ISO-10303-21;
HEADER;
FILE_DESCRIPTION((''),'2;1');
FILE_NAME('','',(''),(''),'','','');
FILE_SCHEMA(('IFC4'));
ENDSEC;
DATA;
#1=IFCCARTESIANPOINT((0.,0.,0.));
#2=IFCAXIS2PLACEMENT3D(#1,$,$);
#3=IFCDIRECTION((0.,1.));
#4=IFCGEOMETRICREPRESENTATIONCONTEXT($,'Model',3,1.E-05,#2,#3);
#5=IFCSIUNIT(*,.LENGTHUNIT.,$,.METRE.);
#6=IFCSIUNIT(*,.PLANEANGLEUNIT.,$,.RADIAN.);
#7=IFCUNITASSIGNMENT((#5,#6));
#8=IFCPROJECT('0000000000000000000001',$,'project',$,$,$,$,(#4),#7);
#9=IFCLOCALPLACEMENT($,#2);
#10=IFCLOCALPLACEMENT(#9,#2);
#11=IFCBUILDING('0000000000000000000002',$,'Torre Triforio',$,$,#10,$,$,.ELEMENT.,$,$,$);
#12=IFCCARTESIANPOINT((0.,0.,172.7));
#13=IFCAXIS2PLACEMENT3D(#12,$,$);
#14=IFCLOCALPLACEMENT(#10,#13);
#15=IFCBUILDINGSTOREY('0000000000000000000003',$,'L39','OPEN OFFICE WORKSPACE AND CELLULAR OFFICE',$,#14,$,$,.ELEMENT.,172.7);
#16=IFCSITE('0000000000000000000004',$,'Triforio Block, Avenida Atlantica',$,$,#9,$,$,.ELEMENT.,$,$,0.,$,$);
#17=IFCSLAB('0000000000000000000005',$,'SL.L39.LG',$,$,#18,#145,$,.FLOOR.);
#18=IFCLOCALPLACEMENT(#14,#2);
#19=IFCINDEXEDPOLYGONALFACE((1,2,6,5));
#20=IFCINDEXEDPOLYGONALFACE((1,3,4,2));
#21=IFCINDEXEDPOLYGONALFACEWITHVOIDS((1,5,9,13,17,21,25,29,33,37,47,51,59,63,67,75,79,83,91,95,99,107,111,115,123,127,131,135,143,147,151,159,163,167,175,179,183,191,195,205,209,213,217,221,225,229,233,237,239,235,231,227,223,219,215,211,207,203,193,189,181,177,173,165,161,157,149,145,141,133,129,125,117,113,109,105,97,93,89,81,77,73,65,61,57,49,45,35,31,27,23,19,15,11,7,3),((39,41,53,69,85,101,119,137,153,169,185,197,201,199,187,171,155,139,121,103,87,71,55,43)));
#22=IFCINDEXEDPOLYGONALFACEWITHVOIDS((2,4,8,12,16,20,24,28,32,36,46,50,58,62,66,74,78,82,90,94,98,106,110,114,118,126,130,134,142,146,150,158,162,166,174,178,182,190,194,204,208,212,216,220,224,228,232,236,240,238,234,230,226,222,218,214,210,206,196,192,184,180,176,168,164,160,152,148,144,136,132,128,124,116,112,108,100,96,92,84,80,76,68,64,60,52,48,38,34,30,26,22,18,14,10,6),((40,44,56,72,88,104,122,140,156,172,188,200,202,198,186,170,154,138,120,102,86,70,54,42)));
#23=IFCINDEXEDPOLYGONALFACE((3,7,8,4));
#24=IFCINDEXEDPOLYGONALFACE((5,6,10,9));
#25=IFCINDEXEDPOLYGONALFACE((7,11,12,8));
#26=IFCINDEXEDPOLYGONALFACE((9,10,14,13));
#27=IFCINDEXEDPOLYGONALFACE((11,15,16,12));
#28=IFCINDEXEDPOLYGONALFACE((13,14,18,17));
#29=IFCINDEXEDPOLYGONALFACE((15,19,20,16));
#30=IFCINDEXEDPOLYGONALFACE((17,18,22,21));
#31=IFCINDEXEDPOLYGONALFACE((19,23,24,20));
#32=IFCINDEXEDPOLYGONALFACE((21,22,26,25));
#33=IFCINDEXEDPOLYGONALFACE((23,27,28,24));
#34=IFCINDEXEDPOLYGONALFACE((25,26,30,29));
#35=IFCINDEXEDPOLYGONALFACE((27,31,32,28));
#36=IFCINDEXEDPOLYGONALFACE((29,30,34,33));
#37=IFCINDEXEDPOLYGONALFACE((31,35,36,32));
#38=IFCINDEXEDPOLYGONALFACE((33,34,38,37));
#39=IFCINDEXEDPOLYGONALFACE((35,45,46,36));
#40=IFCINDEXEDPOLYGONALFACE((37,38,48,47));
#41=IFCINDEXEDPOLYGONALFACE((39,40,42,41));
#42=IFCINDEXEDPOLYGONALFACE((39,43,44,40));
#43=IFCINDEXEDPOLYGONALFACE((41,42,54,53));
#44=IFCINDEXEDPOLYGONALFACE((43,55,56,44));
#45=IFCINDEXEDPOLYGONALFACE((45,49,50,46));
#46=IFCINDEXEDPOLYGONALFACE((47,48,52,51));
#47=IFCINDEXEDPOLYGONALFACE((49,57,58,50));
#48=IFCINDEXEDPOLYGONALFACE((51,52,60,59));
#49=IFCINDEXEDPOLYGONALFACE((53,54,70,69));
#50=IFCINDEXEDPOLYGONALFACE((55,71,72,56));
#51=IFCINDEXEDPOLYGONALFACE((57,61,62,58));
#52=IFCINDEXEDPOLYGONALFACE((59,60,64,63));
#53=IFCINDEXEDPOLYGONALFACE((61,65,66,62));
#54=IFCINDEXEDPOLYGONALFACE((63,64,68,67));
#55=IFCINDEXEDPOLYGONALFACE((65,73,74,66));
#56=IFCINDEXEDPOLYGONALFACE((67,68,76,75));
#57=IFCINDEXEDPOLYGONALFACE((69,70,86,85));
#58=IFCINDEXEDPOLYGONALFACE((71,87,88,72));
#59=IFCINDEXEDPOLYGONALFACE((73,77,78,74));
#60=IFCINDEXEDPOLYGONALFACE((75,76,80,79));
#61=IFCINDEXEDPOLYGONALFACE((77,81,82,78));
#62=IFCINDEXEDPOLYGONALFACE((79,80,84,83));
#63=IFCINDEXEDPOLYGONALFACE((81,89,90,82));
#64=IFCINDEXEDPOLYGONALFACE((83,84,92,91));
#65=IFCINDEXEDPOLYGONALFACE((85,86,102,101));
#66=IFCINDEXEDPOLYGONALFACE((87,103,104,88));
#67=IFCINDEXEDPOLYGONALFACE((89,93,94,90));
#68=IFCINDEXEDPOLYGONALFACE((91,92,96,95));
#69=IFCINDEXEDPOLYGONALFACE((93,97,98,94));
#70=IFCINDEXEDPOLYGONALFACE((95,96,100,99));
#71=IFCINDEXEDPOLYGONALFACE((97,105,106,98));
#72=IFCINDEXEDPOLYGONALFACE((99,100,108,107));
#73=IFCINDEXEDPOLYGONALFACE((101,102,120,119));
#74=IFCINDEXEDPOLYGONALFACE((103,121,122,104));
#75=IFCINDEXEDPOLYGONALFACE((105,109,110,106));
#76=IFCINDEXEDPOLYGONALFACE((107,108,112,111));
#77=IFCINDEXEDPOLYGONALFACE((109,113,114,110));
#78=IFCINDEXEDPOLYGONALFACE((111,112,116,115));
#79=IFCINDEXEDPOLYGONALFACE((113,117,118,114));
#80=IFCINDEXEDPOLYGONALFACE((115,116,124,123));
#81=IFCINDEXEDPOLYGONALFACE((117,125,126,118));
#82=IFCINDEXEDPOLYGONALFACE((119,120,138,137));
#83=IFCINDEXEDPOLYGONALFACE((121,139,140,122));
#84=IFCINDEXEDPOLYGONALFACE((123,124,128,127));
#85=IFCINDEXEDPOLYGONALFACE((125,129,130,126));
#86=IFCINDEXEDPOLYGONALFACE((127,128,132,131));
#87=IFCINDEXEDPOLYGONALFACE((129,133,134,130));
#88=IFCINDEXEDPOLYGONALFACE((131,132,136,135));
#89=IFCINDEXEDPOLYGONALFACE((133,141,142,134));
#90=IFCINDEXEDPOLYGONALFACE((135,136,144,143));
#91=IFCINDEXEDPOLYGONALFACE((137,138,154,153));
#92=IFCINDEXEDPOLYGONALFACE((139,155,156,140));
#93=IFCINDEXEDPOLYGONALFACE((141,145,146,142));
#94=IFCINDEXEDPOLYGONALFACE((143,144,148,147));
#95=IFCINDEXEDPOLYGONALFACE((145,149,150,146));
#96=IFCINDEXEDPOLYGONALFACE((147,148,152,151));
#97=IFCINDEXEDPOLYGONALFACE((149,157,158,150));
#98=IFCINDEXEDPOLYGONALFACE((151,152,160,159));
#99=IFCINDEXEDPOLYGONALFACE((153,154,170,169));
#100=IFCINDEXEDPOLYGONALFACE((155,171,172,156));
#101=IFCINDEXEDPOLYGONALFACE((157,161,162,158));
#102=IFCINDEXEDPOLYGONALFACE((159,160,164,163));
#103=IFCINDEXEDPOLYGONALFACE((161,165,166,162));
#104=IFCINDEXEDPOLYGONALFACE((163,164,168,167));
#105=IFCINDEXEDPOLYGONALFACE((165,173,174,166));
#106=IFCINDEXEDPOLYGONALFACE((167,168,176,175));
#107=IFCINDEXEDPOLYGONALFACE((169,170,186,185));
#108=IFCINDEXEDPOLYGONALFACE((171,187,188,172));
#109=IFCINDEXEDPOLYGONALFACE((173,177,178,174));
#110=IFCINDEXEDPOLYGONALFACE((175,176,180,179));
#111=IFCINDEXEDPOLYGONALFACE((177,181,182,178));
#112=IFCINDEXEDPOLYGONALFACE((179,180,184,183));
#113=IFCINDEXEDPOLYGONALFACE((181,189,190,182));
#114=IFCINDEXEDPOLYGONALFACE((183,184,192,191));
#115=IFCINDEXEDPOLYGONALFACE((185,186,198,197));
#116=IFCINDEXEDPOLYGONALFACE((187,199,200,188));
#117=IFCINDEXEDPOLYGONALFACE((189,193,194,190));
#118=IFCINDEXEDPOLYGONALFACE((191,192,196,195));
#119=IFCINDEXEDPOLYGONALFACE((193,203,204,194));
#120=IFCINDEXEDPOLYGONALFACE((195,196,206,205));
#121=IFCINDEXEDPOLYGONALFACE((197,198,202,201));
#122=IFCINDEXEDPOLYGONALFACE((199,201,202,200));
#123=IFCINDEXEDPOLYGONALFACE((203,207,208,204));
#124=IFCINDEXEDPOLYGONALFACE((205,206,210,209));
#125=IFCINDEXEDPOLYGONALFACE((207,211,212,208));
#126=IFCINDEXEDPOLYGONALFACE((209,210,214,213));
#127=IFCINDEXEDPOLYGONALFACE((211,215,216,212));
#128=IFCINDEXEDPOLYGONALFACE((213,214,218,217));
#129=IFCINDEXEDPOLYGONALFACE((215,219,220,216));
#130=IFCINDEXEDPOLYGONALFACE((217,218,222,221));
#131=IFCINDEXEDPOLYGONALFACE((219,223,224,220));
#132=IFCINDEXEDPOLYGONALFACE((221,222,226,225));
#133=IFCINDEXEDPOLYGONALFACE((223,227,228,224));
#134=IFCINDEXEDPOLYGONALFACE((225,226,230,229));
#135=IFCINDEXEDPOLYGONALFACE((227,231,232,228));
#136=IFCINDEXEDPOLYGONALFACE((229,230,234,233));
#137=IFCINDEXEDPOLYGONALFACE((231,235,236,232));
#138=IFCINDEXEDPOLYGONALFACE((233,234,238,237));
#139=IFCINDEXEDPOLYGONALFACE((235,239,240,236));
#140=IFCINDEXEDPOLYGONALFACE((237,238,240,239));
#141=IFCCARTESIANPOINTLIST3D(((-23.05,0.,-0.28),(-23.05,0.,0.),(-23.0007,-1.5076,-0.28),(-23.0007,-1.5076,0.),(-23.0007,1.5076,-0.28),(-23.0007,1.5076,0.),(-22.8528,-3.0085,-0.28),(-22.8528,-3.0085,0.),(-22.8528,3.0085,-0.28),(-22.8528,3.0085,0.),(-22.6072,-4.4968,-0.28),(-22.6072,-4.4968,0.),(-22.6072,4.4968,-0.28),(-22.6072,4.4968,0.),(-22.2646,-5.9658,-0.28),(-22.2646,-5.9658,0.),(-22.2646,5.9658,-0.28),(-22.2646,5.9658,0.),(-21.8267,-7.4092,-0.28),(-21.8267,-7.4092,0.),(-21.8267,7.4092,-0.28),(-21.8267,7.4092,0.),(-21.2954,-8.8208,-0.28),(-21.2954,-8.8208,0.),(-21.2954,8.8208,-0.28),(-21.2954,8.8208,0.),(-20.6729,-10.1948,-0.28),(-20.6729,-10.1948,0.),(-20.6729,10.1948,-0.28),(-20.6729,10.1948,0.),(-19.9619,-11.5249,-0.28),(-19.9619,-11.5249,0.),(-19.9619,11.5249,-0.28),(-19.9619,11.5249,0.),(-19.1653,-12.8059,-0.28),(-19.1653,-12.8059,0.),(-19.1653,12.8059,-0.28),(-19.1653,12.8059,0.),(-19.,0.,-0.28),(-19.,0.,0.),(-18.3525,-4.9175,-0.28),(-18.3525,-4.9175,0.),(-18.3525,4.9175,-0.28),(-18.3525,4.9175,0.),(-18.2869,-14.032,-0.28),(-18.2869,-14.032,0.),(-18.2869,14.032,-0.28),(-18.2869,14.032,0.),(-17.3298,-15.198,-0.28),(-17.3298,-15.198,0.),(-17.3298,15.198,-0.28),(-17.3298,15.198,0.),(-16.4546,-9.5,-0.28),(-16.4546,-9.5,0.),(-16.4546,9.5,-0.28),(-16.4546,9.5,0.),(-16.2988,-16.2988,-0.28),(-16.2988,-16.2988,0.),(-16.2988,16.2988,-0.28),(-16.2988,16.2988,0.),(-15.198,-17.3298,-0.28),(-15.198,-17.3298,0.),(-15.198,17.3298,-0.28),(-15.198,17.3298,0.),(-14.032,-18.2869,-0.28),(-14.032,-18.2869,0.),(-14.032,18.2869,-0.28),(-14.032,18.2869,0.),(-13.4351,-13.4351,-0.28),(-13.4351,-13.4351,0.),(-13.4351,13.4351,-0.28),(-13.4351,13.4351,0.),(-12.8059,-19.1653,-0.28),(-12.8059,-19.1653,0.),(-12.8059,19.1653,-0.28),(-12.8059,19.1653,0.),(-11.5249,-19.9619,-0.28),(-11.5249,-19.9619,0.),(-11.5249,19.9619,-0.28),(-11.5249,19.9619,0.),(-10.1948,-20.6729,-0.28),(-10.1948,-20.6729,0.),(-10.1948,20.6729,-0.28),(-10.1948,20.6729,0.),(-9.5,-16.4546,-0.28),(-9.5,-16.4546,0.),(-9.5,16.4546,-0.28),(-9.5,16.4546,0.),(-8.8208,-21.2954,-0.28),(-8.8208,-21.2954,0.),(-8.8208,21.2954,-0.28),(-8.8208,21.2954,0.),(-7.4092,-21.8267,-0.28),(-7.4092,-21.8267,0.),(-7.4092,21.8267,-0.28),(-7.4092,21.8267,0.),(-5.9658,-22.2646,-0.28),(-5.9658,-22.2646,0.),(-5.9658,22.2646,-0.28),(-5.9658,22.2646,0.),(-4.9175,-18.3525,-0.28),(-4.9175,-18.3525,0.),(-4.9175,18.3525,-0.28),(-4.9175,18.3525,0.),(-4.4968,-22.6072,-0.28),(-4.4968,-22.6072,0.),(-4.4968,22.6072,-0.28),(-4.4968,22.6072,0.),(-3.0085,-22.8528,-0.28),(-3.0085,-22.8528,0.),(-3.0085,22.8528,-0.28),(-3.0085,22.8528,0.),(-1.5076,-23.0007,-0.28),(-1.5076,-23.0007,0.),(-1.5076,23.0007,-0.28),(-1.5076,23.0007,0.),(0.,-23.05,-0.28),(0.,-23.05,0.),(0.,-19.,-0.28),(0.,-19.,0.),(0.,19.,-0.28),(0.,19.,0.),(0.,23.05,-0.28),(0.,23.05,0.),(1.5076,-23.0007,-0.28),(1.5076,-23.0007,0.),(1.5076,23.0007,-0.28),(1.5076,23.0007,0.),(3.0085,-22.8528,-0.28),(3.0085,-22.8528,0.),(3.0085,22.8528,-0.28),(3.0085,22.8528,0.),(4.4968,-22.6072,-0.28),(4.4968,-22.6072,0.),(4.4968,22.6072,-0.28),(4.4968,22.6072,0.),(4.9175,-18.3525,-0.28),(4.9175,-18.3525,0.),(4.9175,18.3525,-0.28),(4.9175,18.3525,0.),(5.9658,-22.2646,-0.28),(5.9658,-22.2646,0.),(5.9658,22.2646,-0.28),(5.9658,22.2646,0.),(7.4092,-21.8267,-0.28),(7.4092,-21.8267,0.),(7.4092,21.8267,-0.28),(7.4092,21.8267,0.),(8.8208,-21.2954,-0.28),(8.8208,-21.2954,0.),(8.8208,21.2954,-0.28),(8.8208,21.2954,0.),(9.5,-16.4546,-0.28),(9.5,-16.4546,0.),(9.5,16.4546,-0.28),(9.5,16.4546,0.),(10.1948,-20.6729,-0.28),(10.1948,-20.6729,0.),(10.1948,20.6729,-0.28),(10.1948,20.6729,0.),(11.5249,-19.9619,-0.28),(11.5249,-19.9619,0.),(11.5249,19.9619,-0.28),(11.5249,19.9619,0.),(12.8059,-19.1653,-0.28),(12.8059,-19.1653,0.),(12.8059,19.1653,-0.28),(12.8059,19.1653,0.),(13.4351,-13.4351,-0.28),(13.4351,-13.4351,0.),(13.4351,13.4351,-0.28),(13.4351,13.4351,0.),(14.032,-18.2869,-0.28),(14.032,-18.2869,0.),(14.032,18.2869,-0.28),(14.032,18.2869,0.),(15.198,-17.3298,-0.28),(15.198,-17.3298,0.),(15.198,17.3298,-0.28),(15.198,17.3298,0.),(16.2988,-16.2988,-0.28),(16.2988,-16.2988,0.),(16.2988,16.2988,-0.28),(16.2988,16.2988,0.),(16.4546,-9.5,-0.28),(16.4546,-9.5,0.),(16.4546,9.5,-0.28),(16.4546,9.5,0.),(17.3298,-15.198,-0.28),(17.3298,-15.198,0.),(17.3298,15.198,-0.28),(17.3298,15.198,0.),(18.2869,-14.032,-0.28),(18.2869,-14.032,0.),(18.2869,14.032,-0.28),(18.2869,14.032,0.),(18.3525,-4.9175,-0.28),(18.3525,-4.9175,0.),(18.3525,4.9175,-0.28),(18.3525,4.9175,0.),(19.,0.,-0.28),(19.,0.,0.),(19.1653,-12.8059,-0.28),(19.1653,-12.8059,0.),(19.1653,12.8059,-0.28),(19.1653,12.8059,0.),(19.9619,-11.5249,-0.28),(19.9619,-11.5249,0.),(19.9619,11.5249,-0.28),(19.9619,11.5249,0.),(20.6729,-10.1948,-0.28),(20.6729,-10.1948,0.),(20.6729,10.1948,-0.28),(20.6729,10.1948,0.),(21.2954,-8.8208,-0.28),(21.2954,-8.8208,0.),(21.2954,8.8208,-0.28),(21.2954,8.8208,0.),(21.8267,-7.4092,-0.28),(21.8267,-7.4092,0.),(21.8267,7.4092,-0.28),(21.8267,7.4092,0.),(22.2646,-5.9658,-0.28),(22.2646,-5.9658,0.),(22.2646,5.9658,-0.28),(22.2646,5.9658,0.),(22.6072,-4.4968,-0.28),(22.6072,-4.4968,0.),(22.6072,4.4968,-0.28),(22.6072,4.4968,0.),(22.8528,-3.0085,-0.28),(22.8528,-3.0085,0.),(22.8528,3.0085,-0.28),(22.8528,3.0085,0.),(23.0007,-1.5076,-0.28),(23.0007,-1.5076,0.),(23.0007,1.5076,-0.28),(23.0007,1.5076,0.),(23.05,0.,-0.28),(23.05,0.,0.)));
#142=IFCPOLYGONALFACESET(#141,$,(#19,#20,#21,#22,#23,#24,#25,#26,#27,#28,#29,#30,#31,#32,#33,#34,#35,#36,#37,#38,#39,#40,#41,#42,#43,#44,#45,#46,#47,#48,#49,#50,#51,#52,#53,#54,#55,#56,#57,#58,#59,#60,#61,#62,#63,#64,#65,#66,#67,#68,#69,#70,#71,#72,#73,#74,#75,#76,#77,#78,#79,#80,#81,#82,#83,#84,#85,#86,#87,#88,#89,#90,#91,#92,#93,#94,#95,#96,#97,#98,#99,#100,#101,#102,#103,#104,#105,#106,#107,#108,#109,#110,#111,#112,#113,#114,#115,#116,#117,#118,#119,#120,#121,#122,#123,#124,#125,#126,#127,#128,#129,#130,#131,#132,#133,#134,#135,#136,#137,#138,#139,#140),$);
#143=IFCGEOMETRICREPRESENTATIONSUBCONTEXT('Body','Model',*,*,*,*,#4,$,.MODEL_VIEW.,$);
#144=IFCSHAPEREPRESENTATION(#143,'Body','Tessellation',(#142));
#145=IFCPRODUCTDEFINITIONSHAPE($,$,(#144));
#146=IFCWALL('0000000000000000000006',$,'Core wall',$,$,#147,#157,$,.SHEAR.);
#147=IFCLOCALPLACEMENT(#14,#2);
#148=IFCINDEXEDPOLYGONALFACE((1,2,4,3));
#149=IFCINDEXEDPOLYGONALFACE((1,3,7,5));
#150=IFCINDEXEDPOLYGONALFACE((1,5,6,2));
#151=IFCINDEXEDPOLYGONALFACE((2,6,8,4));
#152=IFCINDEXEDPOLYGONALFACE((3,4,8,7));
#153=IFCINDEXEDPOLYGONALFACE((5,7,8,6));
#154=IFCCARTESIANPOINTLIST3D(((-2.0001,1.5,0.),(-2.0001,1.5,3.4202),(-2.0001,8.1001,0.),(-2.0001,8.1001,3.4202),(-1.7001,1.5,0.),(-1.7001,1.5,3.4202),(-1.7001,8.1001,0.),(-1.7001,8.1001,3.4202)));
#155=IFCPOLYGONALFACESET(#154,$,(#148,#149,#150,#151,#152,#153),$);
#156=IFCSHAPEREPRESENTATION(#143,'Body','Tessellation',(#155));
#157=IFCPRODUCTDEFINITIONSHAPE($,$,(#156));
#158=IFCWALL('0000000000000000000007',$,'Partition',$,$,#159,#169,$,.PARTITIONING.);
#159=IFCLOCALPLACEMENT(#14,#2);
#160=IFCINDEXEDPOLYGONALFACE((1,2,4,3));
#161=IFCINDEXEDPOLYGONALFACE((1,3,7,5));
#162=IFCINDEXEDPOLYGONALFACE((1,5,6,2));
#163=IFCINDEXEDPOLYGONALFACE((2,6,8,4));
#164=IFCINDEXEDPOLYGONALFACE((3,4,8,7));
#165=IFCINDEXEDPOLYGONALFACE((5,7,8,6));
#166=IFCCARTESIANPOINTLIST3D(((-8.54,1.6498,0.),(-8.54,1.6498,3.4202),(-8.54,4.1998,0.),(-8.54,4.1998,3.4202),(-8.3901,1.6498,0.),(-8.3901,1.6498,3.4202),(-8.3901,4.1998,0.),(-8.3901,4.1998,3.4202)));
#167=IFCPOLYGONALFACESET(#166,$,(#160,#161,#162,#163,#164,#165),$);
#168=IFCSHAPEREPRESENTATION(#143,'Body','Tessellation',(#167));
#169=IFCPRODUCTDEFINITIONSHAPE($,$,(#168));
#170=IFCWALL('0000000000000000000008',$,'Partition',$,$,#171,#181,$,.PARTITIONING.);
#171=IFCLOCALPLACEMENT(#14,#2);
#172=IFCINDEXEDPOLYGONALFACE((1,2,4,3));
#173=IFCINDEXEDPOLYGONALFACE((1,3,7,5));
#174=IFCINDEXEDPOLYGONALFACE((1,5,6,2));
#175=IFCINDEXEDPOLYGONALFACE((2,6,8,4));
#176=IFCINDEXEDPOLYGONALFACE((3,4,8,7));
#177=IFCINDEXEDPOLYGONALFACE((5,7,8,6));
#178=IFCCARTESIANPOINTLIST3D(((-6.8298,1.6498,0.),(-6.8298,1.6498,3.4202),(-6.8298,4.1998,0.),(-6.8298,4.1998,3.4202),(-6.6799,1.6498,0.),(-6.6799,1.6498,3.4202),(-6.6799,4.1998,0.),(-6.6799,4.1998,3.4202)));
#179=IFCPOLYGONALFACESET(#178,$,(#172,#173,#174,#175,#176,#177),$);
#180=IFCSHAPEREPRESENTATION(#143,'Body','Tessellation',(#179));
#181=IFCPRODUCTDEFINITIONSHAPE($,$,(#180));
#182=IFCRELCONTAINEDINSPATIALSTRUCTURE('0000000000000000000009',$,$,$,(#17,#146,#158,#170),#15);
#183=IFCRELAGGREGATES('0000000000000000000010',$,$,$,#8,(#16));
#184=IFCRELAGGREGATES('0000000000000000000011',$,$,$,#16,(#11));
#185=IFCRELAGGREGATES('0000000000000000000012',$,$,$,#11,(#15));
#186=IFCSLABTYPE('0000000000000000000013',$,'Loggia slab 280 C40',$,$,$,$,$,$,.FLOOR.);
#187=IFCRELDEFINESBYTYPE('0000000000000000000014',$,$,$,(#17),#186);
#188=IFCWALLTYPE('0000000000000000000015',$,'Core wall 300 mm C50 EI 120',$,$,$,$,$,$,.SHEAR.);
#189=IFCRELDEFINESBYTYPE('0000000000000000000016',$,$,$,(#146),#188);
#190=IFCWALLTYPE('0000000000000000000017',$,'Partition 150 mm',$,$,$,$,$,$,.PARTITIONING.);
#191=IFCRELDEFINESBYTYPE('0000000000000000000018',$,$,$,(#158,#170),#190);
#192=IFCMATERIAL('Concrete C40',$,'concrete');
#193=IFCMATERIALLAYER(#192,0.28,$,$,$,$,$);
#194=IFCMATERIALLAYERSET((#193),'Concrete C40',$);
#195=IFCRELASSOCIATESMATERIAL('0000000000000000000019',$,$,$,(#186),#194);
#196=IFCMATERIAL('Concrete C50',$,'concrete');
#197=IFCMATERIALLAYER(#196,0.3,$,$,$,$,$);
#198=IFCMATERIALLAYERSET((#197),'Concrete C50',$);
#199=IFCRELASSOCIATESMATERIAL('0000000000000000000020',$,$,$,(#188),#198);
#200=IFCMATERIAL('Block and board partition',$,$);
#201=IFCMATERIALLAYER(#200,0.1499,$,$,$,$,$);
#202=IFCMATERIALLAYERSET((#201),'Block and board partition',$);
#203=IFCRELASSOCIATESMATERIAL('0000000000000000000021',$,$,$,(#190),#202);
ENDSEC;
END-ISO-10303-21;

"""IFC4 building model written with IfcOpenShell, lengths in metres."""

from ifc_helpers import new_model, si_unit, direction, frame, frame_2d, origin, place, context, subcontext, project, spatial, polyline, rectangle, outline, extrude, material, layer, layer_set, type_object, element, save


model = new_model("IFC4")

# Units and contexts
model_context = context("Model", 3, precision=1e-05, world=origin(), true_north=direction((0.0, 1.0)))
body_context = subcontext(model_context, "Body", "Model", "MODEL_VIEW")
ifc_project = project(units=[si_unit("LENGTHUNIT", "METRE"), si_unit("PLANEANGLEUNIT", "RADIAN")], contexts=[model_context])

# Site, building, storey
site_placement = place(None, origin())
site = spatial("IfcSite", under=ifc_project, at=site_placement, Name="Triforio Block, Avenida Atlantica", CompositionType="ELEMENT", RefElevation=0.0)
building_placement = place(site_placement, origin())
building = spatial("IfcBuilding", under=site, at=building_placement, Name="Torre Triforio", CompositionType="ELEMENT")
storey_placement = place(building_placement, frame((0.0, 0.0, 172.7)))
storey = spatial("IfcBuildingStorey", under=building, at=storey_placement, Name="L39", Description="OPEN OFFICE WORKSPACE AND CELLULAR OFFICE", CompositionType="ELEMENT", Elevation=172.7)

# Shared definitions
ifc_material_1 = material(Name="Concrete C40", Category="concrete")

# Slab
ifc_layer_1 = layer(ifc_material_1, 0.28)
ifc_layer_set_1 = layer_set([ifc_layer_1], Name="Concrete C40")
slab_type_1 = type_object("IfcSlabType", Name="Loggia slab 280 C40", PredefinedType="FLOOR", material=ifc_layer_set_1)
slab_1_placement = place(storey_placement, frame((0.0, 0.0, -0.28)))
element("IfcSlab", 1, at=slab_1_placement, inside=storey, type_object=slab_type_1, Name="SL.L39.LG", PredefinedType="FLOOR", context=body_context, shape_type="SweptSolid", body=[
    extrude(outline(polyline([(23.0007, -1.5076), (23.05, 0.0), (23.0007, 1.5076), (22.8528, 3.0085), (22.6072, 4.4968), (22.2646, 5.9658), (21.8267, 7.4092), (21.2954, 8.8208), (20.6729, 10.1948), (19.9619, 11.5249), (19.1653, 12.8059), (18.2869, 14.032), (17.3298, 15.198), (16.2988, 16.2988), (15.198, 17.3298), (14.032, 18.2869), (12.8059, 19.1653), (11.5249, 19.9619), (10.1948, 20.6729), (8.8208, 21.2954), (7.4092, 21.8267), (5.9658, 22.2646), (4.4968, 22.6072), (3.0085, 22.8528), (1.5076, 23.0007), (0.0, 23.05), (-1.5076, 23.0007), (-3.0085, 22.8528), (-4.4968, 22.6072), (-5.9658, 22.2646), (-7.4092, 21.8267), (-8.8208, 21.2954), (-10.1948, 20.6729), (-11.5249, 19.9619), (-12.8059, 19.1653), (-14.032, 18.2869), (-15.198, 17.3298), (-16.2988, 16.2988), (-17.3298, 15.198), (-18.2869, 14.032), (-19.1653, 12.8059), (-19.9619, 11.5249), (-20.6729, 10.1948), (-21.2954, 8.8208), (-21.8267, 7.4092), (-22.2646, 5.9658), (-22.6072, 4.4968), (-22.8528, 3.0085), (-23.0007, 1.5076), (-23.05, 0.0), (-23.0007, -1.5076), (-22.8528, -3.0085), (-22.6072, -4.4968), (-22.2646, -5.9658), (-21.8267, -7.4092), (-21.2954, -8.8208), (-20.6729, -10.1948), (-19.9619, -11.5249), (-19.1653, -12.8059), (-18.2869, -14.032), (-17.3298, -15.198), (-16.2988, -16.2988), (-15.198, -17.3298), (-14.032, -18.2869), (-12.8059, -19.1653), (-11.5249, -19.9619), (-10.1948, -20.6729), (-8.8208, -21.2954), (-7.4092, -21.8267), (-5.9658, -22.2646), (-4.4968, -22.6072), (-3.0085, -22.8528), (-1.5076, -23.0007), (0.0, -23.05), (1.5076, -23.0007), (3.0085, -22.8528), (4.4968, -22.6072), (5.9658, -22.2646), (7.4092, -21.8267), (8.8208, -21.2954), (10.1948, -20.6729), (11.5249, -19.9619), (12.8059, -19.1653), (14.032, -18.2869), (15.198, -17.3298), (16.2988, -16.2988), (17.3298, -15.198), (18.2869, -14.032), (19.1653, -12.8059), (19.9619, -11.5249), (20.6729, -10.1948), (21.2954, -8.8208), (21.8267, -7.4092), (22.2646, -5.9658), (22.6072, -4.4968), (22.8528, -3.0085), (23.0007, -1.5076)]), holes=[polyline([(18.3525, 4.9175), (19.0, 0.0), (18.3525, -4.9175), (16.4546, -9.5), (13.4351, -13.4351), (9.5, -16.4546), (4.9175, -18.3525), (0.0, -19.0), (-4.9175, -18.3525), (-9.5, -16.4546), (-13.4351, -13.4351), (-16.4546, -9.5), (-18.3525, -4.9175), (-19.0, 0.0), (-18.3525, 4.9175), (-16.4546, 9.5), (-13.4351, 13.4351), (-9.5, 16.4546), (-4.9175, 18.3525), (0.0, 19.0), (4.9175, 18.3525), (9.5, 16.4546), (13.4351, 13.4351), (16.4546, 9.5), (18.3525, 4.9175)])]), origin(), (0.0, 0.0, 1.0), 0.28),
])

# Walls
ifc_material_2 = material(Name="Concrete C50", Category="concrete")
ifc_layer_2 = layer(ifc_material_2, 0.3)
ifc_layer_set_2 = layer_set([ifc_layer_2], Name="Concrete C50")
wall_type_1 = type_object("IfcWallType", Name="Core wall 300 mm C50 EI 120", PredefinedType="SHEAR", material=ifc_layer_set_2)
wall_1_placement = place(storey_placement, frame((-1.8501, 1.5, 0.0), z_axis=(0.0, 0.0, 1.0), x_axis=(0.0, 1.0, 0.0)))
element("IfcWall", 2, at=wall_1_placement, inside=storey, type_object=wall_type_1, Name="Core wall", PredefinedType="SHEAR", context=body_context, shape_type="SweptSolid", body=[
    extrude(rectangle(XDim=6.6001, YDim=0.3, at=frame_2d((3.3, 0.0))), origin(), (0.0, 0.0, 1.0), 3.4202),
])
ifc_material_3 = material(Name="Block and board partition")
ifc_layer_3 = layer(ifc_material_3, 0.1499)
ifc_layer_set_3 = layer_set([ifc_layer_3], Name="Block and board partition")
wall_type_2 = type_object("IfcWallType", Name="Partition 150 mm", PredefinedType="PARTITIONING", material=ifc_layer_set_3)
for number, where, z_axis, x_axis, name in (
    (3, (-8.4651, 1.6499, 0.0), (0.0, 0.0, 1.0), (0.0, 1.0, 0.0), "Partition"),
    (4, (-6.7549, 1.6499, 0.0), (0.0, 0.0, 1.0), (0.0, 1.0, 0.0), "Partition"),
):
    element("IfcWall", number, at=place(storey_placement, frame(where, z_axis=z_axis, x_axis=x_axis)), inside=storey, type_object=wall_type_2, Name=name, PredefinedType="PARTITIONING", context=body_context, shape_type="SweptSolid", body=[
        extrude(rectangle(XDim=2.55, YDim=0.1499, at=frame_2d((1.2749, 0.0))), origin(), (0.0, 0.0, 1.0), 3.4202),
    ])

save(model, "model.ifc")
